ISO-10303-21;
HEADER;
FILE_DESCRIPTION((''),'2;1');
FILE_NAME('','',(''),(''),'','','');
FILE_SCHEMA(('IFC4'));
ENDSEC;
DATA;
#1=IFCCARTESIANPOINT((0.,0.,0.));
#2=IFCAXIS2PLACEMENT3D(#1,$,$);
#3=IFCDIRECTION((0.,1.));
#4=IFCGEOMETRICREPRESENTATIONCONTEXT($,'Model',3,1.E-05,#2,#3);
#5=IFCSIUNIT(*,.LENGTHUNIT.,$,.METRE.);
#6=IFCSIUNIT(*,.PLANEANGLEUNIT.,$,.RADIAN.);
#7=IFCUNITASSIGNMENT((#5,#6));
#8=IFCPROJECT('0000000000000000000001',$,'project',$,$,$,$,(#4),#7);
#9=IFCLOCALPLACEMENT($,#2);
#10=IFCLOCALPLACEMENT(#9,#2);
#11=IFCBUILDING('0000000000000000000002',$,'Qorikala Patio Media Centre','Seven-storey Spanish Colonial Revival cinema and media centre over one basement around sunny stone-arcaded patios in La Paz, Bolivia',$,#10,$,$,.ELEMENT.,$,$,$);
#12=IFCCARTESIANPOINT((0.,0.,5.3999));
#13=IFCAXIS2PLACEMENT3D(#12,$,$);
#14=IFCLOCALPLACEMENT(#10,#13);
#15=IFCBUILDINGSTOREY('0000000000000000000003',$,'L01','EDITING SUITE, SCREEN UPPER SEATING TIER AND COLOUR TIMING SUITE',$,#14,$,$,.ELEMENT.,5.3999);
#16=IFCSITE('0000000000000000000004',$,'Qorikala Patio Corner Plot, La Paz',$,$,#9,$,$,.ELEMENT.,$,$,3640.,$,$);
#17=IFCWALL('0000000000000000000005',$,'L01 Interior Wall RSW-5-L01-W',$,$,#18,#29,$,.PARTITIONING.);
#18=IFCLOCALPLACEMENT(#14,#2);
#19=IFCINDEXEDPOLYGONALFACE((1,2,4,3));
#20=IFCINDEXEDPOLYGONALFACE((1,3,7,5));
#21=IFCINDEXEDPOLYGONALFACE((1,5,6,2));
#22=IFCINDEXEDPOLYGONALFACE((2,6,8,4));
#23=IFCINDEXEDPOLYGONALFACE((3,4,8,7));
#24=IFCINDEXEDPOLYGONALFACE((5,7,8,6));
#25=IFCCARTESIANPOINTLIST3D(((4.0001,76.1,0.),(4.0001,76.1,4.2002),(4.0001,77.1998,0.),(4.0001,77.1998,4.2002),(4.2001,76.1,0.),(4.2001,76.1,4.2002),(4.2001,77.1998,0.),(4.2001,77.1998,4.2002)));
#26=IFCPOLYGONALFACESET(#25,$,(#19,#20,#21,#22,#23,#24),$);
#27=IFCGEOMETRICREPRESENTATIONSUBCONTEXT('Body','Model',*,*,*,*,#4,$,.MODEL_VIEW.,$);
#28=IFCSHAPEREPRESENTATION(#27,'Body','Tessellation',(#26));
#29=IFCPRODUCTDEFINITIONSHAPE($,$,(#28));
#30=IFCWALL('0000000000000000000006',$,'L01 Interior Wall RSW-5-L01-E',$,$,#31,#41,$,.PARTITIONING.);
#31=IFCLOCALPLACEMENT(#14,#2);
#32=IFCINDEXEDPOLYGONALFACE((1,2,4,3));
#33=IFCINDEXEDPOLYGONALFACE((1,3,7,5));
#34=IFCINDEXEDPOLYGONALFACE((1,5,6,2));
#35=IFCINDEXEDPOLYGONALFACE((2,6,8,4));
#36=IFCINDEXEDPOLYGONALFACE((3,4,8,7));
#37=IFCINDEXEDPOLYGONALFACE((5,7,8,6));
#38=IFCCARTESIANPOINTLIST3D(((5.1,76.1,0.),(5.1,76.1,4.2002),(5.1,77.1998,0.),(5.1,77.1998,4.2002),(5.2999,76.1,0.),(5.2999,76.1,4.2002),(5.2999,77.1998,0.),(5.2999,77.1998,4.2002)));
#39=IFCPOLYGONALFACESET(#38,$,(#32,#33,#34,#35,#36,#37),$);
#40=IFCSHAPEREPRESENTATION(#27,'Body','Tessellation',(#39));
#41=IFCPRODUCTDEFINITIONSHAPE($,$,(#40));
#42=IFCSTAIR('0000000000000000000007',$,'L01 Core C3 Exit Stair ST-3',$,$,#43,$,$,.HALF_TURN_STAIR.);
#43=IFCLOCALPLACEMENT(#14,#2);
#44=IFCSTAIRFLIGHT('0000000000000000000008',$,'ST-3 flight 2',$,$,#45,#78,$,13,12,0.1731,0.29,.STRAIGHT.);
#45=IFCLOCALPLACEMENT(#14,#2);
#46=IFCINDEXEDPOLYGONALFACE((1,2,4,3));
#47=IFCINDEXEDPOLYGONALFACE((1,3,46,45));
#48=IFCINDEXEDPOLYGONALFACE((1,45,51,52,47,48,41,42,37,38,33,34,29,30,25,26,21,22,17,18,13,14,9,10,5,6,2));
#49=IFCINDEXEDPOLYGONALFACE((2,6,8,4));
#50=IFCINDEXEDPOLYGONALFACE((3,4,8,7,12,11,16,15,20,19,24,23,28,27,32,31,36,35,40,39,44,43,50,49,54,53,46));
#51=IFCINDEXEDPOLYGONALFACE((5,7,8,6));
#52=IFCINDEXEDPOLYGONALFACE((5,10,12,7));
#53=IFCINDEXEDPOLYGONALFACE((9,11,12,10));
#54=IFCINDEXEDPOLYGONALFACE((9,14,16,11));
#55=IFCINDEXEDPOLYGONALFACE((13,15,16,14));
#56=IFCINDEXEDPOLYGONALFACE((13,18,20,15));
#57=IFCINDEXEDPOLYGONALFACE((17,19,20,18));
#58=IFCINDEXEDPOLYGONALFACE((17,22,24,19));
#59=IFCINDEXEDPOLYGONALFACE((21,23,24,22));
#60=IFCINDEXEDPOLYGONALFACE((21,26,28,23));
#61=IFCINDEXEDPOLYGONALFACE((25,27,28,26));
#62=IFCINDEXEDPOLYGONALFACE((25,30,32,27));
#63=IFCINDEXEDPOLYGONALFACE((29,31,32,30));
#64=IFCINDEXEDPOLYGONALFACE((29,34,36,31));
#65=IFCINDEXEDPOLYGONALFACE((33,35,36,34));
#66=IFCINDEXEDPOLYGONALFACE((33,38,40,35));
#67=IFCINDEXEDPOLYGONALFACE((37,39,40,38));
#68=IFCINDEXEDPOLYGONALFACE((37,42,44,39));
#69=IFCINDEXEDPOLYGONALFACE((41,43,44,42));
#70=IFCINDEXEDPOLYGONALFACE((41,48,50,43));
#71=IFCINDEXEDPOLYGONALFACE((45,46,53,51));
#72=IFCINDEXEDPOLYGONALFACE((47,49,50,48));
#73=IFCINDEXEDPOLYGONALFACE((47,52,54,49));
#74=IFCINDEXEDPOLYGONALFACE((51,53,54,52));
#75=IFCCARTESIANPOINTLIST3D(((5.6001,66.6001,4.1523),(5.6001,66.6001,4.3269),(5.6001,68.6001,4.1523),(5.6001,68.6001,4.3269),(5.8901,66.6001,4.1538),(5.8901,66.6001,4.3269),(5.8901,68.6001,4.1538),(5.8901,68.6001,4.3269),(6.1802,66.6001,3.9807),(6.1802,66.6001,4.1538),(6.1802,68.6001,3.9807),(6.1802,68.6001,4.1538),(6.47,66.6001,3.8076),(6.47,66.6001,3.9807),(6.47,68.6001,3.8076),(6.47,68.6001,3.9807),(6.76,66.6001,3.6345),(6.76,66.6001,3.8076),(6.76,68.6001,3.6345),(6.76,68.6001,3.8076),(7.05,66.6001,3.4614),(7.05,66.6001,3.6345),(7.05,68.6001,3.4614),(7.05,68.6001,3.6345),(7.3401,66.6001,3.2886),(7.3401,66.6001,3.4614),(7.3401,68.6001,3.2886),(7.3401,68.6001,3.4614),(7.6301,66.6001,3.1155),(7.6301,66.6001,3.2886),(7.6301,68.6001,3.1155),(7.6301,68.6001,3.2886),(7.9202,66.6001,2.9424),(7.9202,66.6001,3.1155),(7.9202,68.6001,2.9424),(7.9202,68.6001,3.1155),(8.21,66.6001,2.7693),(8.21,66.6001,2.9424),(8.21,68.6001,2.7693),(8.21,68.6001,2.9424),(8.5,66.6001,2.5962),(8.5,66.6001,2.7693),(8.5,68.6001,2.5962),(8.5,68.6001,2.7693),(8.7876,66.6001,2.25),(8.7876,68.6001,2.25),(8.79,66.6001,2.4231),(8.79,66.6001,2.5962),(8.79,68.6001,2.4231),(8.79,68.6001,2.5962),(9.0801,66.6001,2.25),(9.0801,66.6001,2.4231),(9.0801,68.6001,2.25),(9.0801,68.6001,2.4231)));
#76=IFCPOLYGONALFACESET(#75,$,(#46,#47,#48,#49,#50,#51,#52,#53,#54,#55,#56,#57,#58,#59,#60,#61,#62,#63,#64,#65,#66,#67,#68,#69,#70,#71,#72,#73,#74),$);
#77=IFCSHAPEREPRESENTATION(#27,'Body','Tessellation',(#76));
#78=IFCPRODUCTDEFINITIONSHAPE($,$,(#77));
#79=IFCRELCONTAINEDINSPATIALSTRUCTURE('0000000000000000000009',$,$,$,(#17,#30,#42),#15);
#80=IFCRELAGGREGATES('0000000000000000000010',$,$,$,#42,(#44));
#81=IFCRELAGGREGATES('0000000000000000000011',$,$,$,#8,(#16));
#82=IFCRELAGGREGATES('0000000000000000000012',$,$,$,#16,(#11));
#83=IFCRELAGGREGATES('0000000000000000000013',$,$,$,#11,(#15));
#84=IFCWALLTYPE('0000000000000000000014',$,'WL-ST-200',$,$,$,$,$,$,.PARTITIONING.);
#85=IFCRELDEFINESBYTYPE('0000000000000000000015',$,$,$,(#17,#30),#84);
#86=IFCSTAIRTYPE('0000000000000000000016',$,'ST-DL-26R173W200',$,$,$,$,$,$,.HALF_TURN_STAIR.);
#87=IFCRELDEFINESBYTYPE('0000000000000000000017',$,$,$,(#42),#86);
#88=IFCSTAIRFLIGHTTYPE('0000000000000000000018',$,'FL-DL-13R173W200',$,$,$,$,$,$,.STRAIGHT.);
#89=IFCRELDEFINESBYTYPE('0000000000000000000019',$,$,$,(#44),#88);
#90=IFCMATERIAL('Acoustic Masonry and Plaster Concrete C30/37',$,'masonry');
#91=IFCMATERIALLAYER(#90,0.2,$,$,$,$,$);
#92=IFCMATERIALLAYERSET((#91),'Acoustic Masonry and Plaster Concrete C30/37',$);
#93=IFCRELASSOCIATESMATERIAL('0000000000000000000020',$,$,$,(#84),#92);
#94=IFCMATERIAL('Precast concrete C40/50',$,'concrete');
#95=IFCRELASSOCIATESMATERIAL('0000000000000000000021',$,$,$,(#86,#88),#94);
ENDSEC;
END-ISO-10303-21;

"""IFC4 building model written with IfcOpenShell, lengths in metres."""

from ifc_helpers import new_model, si_unit, direction, frame, frame_2d, origin, place, context, subcontext, project, spatial, polyline, rectangle, outline, extrude, material, layer, layer_set, type_object, element, aggregate, save


model = new_model("IFC4")

# Units and contexts
model_context = context("Model", 3, precision=1e-05, world=origin(), true_north=direction((0.0, 1.0)))
body_context = subcontext(model_context, "Body", "Model", "MODEL_VIEW")
ifc_project = project(units=[si_unit("LENGTHUNIT", "METRE"), si_unit("PLANEANGLEUNIT", "RADIAN")], contexts=[model_context])

# Site, building, storey
site_placement = place(None, origin())
site = spatial("IfcSite", under=ifc_project, at=site_placement, Name="Qorikala Patio Corner Plot, La Paz", CompositionType="ELEMENT", RefElevation=3640.0)
building_placement = place(site_placement, origin())
building = spatial("IfcBuilding", under=site, at=building_placement, Name="Qorikala Patio Media Centre", Description="Seven-storey Spanish Colonial Revival cinema and media centre over one basement around sunny stone-arcaded patios in La Paz, Bolivia", CompositionType="ELEMENT")
storey_placement = place(building_placement, frame((0.0, 0.0, 5.3999)))
storey = spatial("IfcBuildingStorey", under=building, at=storey_placement, Name="L01", Description="EDITING SUITE, SCREEN UPPER SEATING TIER AND COLOUR TIMING SUITE", CompositionType="ELEMENT", Elevation=5.3999)

# Walls
ifc_material_1 = material(Name="Acoustic Masonry and Plaster Concrete C30/37", Category="masonry")
ifc_layer_1 = layer(ifc_material_1, 0.2)
ifc_layer_set_1 = layer_set([ifc_layer_1], Name="Acoustic Masonry and Plaster Concrete C30/37")
wall_type_1 = type_object("IfcWallType", Name="WL-ST-200", PredefinedType="PARTITIONING", material=ifc_layer_set_1)
for number, where, z_axis, x_axis, name in (
    (1, (4.1001, 76.1001, 0.0), (0.0, 0.0, 1.0), (0.0, 1.0, 0.0), "L01 Interior Wall RSW-5-L01-W"),
    (2, (5.2, 76.1001, 0.0), (0.0, 0.0, 1.0), (0.0, 1.0, 0.0), "L01 Interior Wall RSW-5-L01-E"),
):
    element("IfcWall", number, at=place(storey_placement, frame(where, z_axis=z_axis, x_axis=x_axis)), inside=storey, type_object=wall_type_1, Name=name, PredefinedType="PARTITIONING", context=body_context, shape_type="SweptSolid", body=[
        extrude(rectangle(XDim=1.0999, YDim=0.2, at=frame_2d((0.5498, 0.0))), origin(), (0.0, 0.0, 1.0), 4.2002),
    ])

# Stair, stair flight
ifc_material_2 = material(Name="Precast concrete C40/50", Category="concrete")
stair_type = type_object("IfcStairType", Name="ST-DL-26R173W200", PredefinedType="HALF_TURN_STAIR", material=ifc_material_2)
stair_placement = place(storey_placement, origin())
stair = element("IfcStair", 3, at=stair_placement, inside=storey, type_object=stair_type, Name="L01 Core C3 Exit Stair ST-3", PredefinedType="HALF_TURN_STAIR")
stair_flight_type = type_object("IfcStairFlightType", Name="FL-DL-13R173W200", PredefinedType="STRAIGHT", material=ifc_material_2)
stair_flight_placement = place(storey_placement, frame((9.0801, 67.6001, 2.25), z_axis=(0.0, 0.0, 1.0), x_axis=(-1.0, 0.0, 0.0)))
stair_flight = element("IfcStairFlight", 4, at=stair_flight_placement, type_object=stair_flight_type, Name="ST-3 flight 2", NumberOfRisers=13, NumberOfTreads=12, PredefinedType="STRAIGHT", RiserHeight=0.1731, TreadLength=0.29, context=body_context, shape_type="SweptSolid", body=[
    extrude(outline(polyline([(0.0, 0.0), (0.0, 0.1731), (0.29, 0.1731), (0.29, 0.3462), (0.5801, 0.3462), (0.5801, 0.5193), (0.8701, 0.5193), (0.8701, 0.6924), (1.1599, 0.6924), (1.1599, 0.8655), (1.45, 0.8655), (1.45, 1.0386), (1.74, 1.0386), (1.74, 1.2114), (2.03, 1.2114), (2.03, 1.3845), (2.3201, 1.3845), (2.3201, 1.5576), (2.6101, 1.5576), (2.6101, 1.7307), (2.8999, 1.7307), (2.8999, 1.9038), (3.1899, 1.9038), (3.1899, 2.0769), (3.48, 2.0769), (3.48, 2.25), (3.48, 1.9023), (0.2925, 0.0), (0.0, 0.0)])), frame((0.0, 1.0, 0.0), z_axis=(0.0, -1.0, 0.0), x_axis=(1.0, 0.0, 0.0)), (0.0, 0.0, 1.0), 2.0),
])
aggregate(stair, [stair_flight])

save(model, "model.ifc")
